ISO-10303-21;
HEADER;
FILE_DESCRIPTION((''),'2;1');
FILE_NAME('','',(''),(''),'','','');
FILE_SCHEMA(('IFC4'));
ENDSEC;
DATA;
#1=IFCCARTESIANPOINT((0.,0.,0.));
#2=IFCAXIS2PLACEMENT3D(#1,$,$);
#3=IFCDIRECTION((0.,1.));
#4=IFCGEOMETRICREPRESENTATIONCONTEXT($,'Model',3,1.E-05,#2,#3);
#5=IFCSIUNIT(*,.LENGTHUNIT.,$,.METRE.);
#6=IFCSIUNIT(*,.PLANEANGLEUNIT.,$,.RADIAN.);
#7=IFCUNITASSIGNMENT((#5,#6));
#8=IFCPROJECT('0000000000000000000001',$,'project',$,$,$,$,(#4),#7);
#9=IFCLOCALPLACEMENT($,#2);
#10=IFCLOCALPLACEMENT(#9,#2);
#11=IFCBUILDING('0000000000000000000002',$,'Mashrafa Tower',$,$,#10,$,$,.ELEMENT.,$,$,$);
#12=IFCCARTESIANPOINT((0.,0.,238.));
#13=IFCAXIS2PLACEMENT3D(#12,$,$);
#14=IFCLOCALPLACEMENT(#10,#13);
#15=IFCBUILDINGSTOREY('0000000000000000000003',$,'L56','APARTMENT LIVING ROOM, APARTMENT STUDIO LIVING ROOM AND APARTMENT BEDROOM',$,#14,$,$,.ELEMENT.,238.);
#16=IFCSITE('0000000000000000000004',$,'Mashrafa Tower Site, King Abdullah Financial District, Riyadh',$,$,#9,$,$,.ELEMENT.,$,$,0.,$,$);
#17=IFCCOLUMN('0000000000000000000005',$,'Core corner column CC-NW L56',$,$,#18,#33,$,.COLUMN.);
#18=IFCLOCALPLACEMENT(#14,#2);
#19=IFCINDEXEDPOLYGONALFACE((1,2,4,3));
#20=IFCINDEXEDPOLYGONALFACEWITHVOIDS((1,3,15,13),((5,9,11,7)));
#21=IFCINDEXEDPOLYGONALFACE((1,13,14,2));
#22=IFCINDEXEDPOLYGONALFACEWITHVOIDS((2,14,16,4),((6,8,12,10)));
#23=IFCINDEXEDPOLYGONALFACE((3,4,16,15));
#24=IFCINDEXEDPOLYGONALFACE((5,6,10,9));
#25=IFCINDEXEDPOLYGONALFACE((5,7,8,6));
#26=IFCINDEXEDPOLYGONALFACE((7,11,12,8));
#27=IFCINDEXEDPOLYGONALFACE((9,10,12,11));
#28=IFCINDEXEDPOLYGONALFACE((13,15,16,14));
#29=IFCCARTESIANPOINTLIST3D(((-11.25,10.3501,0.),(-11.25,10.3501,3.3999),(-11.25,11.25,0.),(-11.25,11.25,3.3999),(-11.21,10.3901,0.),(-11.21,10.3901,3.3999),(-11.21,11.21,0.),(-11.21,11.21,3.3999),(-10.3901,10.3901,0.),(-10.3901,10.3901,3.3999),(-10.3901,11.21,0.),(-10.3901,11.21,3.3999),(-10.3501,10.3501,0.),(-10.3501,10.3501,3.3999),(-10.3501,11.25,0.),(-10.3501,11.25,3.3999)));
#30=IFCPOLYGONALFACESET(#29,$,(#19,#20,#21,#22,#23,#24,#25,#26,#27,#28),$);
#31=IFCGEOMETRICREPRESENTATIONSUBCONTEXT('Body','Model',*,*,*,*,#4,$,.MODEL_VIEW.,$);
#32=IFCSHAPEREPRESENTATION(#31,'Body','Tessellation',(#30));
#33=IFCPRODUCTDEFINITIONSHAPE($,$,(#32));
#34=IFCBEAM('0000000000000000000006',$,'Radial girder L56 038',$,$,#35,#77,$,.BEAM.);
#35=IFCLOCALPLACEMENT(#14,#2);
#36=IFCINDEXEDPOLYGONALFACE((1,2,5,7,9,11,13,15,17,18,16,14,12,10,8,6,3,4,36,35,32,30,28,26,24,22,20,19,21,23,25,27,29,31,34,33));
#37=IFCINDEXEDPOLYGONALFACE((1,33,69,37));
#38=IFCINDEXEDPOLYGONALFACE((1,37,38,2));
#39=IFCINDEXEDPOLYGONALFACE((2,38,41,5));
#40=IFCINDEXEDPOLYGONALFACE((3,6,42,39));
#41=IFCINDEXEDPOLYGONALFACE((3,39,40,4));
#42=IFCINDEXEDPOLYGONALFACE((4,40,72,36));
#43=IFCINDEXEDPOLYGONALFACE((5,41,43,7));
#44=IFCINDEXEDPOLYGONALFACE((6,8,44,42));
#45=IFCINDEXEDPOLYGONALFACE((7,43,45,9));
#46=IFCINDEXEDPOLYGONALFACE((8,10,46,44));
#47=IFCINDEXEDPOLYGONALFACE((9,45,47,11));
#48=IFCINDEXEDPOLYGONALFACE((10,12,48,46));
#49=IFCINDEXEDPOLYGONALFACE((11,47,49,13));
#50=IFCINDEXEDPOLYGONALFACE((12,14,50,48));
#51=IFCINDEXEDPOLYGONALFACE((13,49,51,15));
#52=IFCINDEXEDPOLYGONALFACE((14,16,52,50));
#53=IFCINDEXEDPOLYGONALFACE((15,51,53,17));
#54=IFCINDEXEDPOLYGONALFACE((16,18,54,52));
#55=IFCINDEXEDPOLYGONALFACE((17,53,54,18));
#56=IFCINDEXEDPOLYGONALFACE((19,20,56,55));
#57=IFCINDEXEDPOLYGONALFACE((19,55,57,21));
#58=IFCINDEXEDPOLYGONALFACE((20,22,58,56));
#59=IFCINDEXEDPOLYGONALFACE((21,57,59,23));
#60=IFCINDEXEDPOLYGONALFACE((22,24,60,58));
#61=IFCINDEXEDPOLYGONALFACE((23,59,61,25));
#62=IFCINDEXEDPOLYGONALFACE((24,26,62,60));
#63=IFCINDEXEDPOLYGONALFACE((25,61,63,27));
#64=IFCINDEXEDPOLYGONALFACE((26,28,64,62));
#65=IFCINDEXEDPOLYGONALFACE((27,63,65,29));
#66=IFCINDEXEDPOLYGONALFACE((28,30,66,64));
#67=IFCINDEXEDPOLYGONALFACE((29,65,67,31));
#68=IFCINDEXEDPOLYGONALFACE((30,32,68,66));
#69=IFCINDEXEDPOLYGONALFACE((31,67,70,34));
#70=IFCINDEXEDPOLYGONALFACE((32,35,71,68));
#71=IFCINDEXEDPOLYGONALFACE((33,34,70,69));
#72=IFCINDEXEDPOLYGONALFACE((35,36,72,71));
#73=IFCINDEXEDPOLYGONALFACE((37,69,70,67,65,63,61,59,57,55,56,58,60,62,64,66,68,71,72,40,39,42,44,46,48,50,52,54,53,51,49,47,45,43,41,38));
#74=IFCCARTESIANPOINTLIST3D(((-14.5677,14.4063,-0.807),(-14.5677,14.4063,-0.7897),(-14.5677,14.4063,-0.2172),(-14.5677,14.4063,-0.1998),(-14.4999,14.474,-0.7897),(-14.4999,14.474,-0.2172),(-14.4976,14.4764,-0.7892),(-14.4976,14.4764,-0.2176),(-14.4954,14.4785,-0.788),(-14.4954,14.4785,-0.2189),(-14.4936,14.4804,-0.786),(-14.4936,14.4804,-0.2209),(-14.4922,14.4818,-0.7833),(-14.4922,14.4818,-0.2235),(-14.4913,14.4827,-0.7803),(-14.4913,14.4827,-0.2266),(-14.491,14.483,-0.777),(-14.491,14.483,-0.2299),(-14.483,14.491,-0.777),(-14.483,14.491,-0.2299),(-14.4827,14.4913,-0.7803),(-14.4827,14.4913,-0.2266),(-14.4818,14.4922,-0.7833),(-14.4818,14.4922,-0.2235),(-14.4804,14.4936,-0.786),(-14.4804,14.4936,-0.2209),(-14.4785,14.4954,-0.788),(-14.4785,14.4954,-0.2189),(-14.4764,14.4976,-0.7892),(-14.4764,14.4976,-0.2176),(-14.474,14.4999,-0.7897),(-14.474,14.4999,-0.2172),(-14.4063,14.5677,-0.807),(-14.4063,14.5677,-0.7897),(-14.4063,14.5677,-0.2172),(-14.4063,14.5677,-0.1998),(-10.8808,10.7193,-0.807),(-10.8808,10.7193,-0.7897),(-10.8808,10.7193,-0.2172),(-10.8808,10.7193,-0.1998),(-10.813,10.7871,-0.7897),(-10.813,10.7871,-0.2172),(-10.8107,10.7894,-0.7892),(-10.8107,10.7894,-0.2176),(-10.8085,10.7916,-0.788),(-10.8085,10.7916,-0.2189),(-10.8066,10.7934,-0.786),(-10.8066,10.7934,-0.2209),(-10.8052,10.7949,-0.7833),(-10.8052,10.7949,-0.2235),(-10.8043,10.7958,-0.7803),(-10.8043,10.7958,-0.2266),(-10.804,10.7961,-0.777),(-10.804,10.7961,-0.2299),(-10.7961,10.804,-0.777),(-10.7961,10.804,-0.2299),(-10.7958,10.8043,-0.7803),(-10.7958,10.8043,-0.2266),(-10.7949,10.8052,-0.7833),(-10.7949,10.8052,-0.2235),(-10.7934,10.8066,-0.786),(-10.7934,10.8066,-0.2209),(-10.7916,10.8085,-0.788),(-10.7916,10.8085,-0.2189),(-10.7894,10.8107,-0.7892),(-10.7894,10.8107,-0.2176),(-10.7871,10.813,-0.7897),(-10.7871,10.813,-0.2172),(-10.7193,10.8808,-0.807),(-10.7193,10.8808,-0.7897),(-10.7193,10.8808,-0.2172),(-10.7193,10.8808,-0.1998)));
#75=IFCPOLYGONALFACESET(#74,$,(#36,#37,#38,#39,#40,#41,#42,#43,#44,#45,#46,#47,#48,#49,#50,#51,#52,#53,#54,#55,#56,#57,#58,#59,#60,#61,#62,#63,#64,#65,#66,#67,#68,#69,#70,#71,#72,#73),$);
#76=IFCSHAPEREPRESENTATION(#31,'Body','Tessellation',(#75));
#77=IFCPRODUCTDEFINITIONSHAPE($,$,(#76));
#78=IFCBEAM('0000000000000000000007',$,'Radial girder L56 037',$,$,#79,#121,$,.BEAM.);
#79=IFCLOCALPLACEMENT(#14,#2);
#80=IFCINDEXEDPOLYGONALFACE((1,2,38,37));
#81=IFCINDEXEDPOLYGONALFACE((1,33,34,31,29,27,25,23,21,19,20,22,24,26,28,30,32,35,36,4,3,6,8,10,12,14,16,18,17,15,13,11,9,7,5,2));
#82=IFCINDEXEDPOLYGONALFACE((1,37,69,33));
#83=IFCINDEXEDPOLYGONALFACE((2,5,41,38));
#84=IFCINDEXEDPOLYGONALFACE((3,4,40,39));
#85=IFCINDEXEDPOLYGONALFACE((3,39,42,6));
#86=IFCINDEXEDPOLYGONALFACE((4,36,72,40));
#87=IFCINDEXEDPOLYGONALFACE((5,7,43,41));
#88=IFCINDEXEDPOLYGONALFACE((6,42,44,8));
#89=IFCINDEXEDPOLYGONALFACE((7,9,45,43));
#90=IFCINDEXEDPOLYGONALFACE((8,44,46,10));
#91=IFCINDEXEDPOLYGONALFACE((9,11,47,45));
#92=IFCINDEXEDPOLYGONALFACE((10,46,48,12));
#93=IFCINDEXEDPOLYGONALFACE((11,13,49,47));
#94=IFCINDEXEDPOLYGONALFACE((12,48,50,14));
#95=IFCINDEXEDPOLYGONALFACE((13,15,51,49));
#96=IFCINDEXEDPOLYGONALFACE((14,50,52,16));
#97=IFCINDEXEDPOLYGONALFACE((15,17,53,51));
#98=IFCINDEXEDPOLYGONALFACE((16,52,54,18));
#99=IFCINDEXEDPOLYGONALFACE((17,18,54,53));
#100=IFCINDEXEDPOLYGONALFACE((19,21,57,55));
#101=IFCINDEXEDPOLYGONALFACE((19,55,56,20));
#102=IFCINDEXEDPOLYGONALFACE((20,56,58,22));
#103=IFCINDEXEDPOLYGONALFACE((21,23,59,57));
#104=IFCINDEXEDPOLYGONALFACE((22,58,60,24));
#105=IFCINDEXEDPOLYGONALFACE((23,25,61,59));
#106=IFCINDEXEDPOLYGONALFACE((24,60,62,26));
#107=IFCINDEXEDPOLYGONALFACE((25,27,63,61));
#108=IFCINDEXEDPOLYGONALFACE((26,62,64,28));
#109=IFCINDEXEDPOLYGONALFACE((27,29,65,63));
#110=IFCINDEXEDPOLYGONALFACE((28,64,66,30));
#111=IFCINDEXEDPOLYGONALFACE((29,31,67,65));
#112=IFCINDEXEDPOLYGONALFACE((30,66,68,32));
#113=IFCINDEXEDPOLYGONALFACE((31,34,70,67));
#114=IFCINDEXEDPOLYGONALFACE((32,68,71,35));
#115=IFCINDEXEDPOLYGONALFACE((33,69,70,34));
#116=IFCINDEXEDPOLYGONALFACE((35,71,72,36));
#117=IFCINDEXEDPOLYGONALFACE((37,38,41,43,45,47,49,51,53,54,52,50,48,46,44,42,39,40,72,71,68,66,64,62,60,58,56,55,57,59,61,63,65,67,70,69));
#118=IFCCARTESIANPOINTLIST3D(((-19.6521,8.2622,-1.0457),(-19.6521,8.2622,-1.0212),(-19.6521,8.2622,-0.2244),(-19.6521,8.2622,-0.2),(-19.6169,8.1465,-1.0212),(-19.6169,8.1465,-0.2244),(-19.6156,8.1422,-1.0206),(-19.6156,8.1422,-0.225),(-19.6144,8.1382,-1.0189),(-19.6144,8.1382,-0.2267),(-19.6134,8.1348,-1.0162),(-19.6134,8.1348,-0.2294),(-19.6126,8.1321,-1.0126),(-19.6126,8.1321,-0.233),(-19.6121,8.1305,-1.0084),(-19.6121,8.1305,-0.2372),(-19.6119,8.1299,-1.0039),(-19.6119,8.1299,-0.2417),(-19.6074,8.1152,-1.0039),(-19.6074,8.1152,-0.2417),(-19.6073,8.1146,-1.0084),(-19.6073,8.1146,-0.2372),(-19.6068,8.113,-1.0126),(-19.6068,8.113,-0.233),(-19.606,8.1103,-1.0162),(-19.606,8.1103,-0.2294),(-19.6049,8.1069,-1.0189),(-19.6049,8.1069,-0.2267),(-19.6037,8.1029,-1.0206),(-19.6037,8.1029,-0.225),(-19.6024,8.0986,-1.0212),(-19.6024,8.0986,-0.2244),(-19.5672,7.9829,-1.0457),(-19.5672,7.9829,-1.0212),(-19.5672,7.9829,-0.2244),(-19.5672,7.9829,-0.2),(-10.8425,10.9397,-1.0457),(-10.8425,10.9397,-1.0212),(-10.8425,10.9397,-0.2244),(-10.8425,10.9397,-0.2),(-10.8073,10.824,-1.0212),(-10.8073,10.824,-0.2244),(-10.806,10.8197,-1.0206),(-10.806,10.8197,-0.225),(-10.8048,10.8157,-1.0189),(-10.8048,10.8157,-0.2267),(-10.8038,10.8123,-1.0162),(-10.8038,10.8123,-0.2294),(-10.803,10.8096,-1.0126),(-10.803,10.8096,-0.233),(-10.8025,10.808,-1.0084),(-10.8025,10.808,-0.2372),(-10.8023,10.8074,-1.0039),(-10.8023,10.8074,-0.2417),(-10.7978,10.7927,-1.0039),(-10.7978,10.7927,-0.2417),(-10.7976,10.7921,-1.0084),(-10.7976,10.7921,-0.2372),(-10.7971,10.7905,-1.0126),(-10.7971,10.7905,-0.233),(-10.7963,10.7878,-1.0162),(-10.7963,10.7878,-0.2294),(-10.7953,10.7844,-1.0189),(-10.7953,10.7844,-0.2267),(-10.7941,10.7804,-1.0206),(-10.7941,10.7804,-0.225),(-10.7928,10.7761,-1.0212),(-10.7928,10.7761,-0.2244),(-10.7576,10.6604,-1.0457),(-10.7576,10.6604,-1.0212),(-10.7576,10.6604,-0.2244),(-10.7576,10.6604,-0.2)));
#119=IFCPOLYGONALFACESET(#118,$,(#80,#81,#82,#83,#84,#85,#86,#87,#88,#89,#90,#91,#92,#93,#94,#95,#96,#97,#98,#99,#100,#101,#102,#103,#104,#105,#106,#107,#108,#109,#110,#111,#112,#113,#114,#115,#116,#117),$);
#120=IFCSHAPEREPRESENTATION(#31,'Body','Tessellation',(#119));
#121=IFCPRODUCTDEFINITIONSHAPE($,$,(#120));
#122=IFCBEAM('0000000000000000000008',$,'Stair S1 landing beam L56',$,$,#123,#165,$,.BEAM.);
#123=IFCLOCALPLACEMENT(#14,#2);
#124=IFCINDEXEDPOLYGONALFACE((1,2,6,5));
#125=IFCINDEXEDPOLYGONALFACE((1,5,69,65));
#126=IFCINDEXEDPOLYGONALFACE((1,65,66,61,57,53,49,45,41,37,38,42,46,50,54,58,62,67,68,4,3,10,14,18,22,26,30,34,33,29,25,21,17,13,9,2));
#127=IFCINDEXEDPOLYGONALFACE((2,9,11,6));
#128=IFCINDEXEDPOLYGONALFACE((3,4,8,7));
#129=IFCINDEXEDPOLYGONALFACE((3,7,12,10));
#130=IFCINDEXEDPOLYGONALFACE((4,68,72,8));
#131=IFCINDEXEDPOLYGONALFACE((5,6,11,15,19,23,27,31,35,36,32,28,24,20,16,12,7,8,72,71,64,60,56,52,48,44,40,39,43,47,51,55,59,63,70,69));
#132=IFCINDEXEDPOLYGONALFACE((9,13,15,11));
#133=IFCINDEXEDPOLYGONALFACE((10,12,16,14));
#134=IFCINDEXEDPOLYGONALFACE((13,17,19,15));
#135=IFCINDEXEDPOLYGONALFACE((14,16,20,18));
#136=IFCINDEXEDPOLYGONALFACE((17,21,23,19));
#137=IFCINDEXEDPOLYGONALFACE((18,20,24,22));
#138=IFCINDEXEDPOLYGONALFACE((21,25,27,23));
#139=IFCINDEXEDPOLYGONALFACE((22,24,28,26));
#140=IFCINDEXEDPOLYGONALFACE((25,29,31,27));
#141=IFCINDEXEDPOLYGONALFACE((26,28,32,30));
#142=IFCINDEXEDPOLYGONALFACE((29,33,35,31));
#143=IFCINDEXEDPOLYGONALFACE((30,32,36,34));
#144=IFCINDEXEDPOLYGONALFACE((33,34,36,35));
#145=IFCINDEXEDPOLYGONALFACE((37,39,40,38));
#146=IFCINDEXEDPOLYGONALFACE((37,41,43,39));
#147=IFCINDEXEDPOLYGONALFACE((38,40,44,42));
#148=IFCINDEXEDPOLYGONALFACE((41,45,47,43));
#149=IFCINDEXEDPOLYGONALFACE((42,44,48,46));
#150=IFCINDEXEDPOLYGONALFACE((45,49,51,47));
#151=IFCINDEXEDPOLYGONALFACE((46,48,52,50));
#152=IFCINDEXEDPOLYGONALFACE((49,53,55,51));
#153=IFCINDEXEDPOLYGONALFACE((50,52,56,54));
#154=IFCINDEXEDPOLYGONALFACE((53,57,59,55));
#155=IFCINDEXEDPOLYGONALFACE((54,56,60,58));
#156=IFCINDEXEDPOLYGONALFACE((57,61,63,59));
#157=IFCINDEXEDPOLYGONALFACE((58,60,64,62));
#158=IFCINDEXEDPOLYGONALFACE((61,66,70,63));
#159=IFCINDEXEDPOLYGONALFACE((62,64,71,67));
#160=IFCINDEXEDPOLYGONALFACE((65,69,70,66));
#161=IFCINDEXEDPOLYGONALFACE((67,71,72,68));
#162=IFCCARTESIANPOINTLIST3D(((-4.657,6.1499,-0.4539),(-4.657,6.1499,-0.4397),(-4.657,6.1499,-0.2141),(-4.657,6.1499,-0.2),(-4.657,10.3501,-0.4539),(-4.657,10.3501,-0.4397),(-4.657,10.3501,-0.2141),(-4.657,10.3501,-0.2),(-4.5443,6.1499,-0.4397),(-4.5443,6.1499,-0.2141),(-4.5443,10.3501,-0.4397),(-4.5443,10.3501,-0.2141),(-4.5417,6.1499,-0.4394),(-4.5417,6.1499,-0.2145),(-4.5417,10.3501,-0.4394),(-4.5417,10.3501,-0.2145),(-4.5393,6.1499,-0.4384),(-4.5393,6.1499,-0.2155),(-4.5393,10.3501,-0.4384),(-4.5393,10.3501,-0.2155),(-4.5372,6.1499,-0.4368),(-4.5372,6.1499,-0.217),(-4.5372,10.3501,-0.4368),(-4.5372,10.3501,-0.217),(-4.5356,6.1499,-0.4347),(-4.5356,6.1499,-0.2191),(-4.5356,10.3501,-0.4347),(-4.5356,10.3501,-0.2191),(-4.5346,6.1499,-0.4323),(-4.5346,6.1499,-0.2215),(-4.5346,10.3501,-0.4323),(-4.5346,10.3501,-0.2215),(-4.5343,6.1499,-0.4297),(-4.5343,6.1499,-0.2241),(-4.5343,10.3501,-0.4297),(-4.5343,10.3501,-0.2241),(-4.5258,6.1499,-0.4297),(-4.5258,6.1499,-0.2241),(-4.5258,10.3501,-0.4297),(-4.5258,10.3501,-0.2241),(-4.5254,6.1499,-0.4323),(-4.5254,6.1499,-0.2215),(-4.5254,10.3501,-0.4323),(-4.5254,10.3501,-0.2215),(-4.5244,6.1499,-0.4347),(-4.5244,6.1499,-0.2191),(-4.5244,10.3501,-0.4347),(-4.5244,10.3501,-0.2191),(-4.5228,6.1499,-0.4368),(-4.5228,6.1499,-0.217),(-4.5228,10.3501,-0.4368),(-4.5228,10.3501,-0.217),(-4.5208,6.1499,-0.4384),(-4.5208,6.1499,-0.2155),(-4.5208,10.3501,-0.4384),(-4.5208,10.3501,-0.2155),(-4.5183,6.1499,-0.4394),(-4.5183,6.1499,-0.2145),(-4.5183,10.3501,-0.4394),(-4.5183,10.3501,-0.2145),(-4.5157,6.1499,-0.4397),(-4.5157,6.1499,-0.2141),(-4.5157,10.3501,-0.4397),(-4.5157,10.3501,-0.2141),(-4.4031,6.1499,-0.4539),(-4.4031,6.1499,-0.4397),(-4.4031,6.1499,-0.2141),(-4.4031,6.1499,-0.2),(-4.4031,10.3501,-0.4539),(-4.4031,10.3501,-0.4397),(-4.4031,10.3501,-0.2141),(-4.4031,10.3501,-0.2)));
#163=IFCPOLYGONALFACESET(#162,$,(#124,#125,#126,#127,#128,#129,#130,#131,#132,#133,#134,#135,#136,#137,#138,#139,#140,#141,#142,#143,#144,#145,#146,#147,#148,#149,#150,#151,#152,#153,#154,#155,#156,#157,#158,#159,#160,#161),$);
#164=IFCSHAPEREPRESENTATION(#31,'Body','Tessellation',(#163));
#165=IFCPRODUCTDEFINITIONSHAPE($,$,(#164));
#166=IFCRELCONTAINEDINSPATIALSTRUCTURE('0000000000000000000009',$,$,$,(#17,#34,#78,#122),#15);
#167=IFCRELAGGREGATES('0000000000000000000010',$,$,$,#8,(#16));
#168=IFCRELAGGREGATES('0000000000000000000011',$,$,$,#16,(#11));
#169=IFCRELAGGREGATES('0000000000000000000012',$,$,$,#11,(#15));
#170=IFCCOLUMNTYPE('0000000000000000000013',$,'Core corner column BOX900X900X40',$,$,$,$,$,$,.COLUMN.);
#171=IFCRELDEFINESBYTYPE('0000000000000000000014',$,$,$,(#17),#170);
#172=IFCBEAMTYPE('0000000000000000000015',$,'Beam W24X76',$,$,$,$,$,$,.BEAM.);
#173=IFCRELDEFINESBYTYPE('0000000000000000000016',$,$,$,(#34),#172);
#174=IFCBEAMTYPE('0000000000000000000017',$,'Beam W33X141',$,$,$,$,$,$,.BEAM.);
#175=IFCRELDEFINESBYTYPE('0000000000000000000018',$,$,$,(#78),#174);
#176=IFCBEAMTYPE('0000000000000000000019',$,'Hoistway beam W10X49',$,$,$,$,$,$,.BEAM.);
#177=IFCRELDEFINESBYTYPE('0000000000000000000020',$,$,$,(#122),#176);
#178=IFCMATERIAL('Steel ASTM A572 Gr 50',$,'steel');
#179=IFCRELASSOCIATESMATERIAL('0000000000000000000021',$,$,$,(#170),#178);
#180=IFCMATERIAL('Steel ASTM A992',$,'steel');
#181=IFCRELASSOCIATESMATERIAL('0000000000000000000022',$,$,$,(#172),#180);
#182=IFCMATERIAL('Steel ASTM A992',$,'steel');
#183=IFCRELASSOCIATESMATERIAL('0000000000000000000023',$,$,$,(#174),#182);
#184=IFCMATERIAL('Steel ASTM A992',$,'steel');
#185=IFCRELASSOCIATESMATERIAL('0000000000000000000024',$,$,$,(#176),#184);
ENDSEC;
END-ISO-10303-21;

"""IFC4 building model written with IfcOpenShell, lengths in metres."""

from ifc_helpers import new_model, si_unit, direction, frame, origin, origin_2d, place, context, subcontext, project, spatial, hollow_rectangle, i_section, extrude, material, material_profile, profile_set, type_object, element, save


model = new_model("IFC4")

# Units and contexts
model_context = context("Model", 3, precision=1e-05, world=origin(), true_north=direction((0.0, 1.0)))
body_context = subcontext(model_context, "Body", "Model", "MODEL_VIEW")
ifc_project = project(units=[si_unit("LENGTHUNIT", "METRE"), si_unit("PLANEANGLEUNIT", "RADIAN")], contexts=[model_context])

# Site, building, storey
site_placement = place(None, origin())
site = spatial("IfcSite", under=ifc_project, at=site_placement, Name="Mashrafa Tower Site, King Abdullah Financial District, Riyadh", CompositionType="ELEMENT", RefElevation=0.0)
building_placement = place(site_placement, origin())
building = spatial("IfcBuilding", under=site, at=building_placement, Name="Mashrafa Tower", CompositionType="ELEMENT")
storey_placement = place(building_placement, frame((0.0, 0.0, 238.0)))
storey = spatial("IfcBuildingStorey", under=building, at=storey_placement, Name="L56", Description="APARTMENT LIVING ROOM, APARTMENT STUDIO LIVING ROOM AND APARTMENT BEDROOM", CompositionType="ELEMENT", Elevation=238.0)

# Column
ifc_material_1 = material(Name="Steel ASTM A572 Gr 50", Category="steel")
ifc_material_profile_1 = material_profile(ifc_material_1, hollow_rectangle(XDim=0.8999, YDim=0.8999, WallThickness=0.04, at=origin_2d()), Name="BOX900X900X40")
ifc_profile_set_1 = profile_set([ifc_material_profile_1], Name="Steel ASTM A572 Gr 50")
column_type = type_object("IfcColumnType", Name="Core corner column BOX900X900X40", PredefinedType="COLUMN", material=ifc_profile_set_1)
column_placement = place(storey_placement, frame((-10.8, 10.8, 0.0), z_axis=(0.0, 0.0, 1.0), x_axis=(1.0, 0.0, 0.0)))
element("IfcColumn", 1, at=column_placement, inside=storey, type_object=column_type, Name="Core corner column CC-NW L56", PredefinedType="COLUMN", context=body_context, shape_type="SweptSolid", body=[
    extrude(hollow_rectangle(XDim=0.8999, YDim=0.8999, WallThickness=0.04, at=origin_2d()), origin(), (0.0, 0.0, 1.0), 3.3999),
])

# Beams
ifc_material_2 = material(Name="Steel ASTM A992", Category="steel")
ifc_material_profile_2 = material_profile(ifc_material_2, i_section(OverallWidth=0.2283, OverallDepth=0.6072, WebThickness=0.0112, FlangeThickness=0.0173, FilletRadius=0.0127, at=origin_2d()), Name="W24X76")
ifc_profile_set_2 = profile_set([ifc_material_profile_2], Name="Steel ASTM A992")
beam_type_1 = type_object("IfcBeamType", Name="Beam W24X76", PredefinedType="BEAM", material=ifc_profile_set_2)
beam_1_placement = place(storey_placement, frame((-10.8, 10.8, -0.5034), z_axis=(-0.707107, 0.707107, 0.0), x_axis=(-0.707107, -0.707107, 0.0)))
element("IfcBeam", 2, at=beam_1_placement, inside=storey, type_object=beam_type_1, Name="Radial girder L56 038", PredefinedType="BEAM", context=body_context, shape_type="SweptSolid", body=[
    extrude(i_section(OverallWidth=0.2283, OverallDepth=0.6072, WebThickness=0.0112, FlangeThickness=0.0173, FilletRadius=0.0127, at=origin_2d()), origin(), (0.0, 0.0, 1.0), 5.2141),
])
ifc_material_3 = material(Name="Steel ASTM A992", Category="steel")
ifc_material_profile_3 = material_profile(ifc_material_3, i_section(OverallWidth=0.292, OverallDepth=0.8457, WebThickness=0.0154, FlangeThickness=0.0244, FilletRadius=0.0173, at=origin_2d()), Name="W33X141")
ifc_profile_set_3 = profile_set([ifc_material_profile_3], Name="Steel ASTM A992")
beam_type_2 = type_object("IfcBeamType", Name="Beam W33X141", PredefinedType="BEAM", material=ifc_profile_set_3)
beam_2_placement = place(storey_placement, frame((-10.8, 10.8, -0.6228), z_axis=(-0.956785, -0.290795, 0.0), x_axis=(0.290795, -0.956785, 0.0)))
element("IfcBeam", 3, at=beam_2_placement, inside=storey, type_object=beam_type_2, Name="Radial girder L56 037", PredefinedType="BEAM", context=body_context, shape_type="SweptSolid", body=[
    extrude(i_section(OverallWidth=0.292, OverallDepth=0.8457, WebThickness=0.0154, FlangeThickness=0.0244, FilletRadius=0.0173, at=origin_2d()), origin(), (0.0, 0.0, 1.0), 9.2075),
])
ifc_material_4 = material(Name="Steel ASTM A992", Category="steel")
ifc_material_profile_4 = material_profile(ifc_material_4, i_section(OverallWidth=0.2539, OverallDepth=0.2539, WebThickness=0.0085, FlangeThickness=0.0142, FilletRadius=0.01, at=origin_2d()), Name="W10X49")
ifc_profile_set_4 = profile_set([ifc_material_profile_4], Name="Steel ASTM A992")
beam_type_3 = type_object("IfcBeamType", Name="Hoistway beam W10X49", PredefinedType="BEAM", material=ifc_profile_set_4)
beam_3_placement = place(storey_placement, frame((-4.53, 6.1499, -0.3269), z_axis=(0.0, 1.0, 0.0), x_axis=(-1.0, 0.0, 0.0)))
element("IfcBeam", 4, at=beam_3_placement, inside=storey, type_object=beam_type_3, Name="Stair S1 landing beam L56", PredefinedType="BEAM", context=body_context, shape_type="SweptSolid", body=[
    extrude(i_section(OverallWidth=0.2539, OverallDepth=0.2539, WebThickness=0.0085, FlangeThickness=0.0142, FilletRadius=0.01, at=origin_2d()), origin(), (0.0, 0.0, 1.0), 4.2002),
])

save(model, "model.ifc")
